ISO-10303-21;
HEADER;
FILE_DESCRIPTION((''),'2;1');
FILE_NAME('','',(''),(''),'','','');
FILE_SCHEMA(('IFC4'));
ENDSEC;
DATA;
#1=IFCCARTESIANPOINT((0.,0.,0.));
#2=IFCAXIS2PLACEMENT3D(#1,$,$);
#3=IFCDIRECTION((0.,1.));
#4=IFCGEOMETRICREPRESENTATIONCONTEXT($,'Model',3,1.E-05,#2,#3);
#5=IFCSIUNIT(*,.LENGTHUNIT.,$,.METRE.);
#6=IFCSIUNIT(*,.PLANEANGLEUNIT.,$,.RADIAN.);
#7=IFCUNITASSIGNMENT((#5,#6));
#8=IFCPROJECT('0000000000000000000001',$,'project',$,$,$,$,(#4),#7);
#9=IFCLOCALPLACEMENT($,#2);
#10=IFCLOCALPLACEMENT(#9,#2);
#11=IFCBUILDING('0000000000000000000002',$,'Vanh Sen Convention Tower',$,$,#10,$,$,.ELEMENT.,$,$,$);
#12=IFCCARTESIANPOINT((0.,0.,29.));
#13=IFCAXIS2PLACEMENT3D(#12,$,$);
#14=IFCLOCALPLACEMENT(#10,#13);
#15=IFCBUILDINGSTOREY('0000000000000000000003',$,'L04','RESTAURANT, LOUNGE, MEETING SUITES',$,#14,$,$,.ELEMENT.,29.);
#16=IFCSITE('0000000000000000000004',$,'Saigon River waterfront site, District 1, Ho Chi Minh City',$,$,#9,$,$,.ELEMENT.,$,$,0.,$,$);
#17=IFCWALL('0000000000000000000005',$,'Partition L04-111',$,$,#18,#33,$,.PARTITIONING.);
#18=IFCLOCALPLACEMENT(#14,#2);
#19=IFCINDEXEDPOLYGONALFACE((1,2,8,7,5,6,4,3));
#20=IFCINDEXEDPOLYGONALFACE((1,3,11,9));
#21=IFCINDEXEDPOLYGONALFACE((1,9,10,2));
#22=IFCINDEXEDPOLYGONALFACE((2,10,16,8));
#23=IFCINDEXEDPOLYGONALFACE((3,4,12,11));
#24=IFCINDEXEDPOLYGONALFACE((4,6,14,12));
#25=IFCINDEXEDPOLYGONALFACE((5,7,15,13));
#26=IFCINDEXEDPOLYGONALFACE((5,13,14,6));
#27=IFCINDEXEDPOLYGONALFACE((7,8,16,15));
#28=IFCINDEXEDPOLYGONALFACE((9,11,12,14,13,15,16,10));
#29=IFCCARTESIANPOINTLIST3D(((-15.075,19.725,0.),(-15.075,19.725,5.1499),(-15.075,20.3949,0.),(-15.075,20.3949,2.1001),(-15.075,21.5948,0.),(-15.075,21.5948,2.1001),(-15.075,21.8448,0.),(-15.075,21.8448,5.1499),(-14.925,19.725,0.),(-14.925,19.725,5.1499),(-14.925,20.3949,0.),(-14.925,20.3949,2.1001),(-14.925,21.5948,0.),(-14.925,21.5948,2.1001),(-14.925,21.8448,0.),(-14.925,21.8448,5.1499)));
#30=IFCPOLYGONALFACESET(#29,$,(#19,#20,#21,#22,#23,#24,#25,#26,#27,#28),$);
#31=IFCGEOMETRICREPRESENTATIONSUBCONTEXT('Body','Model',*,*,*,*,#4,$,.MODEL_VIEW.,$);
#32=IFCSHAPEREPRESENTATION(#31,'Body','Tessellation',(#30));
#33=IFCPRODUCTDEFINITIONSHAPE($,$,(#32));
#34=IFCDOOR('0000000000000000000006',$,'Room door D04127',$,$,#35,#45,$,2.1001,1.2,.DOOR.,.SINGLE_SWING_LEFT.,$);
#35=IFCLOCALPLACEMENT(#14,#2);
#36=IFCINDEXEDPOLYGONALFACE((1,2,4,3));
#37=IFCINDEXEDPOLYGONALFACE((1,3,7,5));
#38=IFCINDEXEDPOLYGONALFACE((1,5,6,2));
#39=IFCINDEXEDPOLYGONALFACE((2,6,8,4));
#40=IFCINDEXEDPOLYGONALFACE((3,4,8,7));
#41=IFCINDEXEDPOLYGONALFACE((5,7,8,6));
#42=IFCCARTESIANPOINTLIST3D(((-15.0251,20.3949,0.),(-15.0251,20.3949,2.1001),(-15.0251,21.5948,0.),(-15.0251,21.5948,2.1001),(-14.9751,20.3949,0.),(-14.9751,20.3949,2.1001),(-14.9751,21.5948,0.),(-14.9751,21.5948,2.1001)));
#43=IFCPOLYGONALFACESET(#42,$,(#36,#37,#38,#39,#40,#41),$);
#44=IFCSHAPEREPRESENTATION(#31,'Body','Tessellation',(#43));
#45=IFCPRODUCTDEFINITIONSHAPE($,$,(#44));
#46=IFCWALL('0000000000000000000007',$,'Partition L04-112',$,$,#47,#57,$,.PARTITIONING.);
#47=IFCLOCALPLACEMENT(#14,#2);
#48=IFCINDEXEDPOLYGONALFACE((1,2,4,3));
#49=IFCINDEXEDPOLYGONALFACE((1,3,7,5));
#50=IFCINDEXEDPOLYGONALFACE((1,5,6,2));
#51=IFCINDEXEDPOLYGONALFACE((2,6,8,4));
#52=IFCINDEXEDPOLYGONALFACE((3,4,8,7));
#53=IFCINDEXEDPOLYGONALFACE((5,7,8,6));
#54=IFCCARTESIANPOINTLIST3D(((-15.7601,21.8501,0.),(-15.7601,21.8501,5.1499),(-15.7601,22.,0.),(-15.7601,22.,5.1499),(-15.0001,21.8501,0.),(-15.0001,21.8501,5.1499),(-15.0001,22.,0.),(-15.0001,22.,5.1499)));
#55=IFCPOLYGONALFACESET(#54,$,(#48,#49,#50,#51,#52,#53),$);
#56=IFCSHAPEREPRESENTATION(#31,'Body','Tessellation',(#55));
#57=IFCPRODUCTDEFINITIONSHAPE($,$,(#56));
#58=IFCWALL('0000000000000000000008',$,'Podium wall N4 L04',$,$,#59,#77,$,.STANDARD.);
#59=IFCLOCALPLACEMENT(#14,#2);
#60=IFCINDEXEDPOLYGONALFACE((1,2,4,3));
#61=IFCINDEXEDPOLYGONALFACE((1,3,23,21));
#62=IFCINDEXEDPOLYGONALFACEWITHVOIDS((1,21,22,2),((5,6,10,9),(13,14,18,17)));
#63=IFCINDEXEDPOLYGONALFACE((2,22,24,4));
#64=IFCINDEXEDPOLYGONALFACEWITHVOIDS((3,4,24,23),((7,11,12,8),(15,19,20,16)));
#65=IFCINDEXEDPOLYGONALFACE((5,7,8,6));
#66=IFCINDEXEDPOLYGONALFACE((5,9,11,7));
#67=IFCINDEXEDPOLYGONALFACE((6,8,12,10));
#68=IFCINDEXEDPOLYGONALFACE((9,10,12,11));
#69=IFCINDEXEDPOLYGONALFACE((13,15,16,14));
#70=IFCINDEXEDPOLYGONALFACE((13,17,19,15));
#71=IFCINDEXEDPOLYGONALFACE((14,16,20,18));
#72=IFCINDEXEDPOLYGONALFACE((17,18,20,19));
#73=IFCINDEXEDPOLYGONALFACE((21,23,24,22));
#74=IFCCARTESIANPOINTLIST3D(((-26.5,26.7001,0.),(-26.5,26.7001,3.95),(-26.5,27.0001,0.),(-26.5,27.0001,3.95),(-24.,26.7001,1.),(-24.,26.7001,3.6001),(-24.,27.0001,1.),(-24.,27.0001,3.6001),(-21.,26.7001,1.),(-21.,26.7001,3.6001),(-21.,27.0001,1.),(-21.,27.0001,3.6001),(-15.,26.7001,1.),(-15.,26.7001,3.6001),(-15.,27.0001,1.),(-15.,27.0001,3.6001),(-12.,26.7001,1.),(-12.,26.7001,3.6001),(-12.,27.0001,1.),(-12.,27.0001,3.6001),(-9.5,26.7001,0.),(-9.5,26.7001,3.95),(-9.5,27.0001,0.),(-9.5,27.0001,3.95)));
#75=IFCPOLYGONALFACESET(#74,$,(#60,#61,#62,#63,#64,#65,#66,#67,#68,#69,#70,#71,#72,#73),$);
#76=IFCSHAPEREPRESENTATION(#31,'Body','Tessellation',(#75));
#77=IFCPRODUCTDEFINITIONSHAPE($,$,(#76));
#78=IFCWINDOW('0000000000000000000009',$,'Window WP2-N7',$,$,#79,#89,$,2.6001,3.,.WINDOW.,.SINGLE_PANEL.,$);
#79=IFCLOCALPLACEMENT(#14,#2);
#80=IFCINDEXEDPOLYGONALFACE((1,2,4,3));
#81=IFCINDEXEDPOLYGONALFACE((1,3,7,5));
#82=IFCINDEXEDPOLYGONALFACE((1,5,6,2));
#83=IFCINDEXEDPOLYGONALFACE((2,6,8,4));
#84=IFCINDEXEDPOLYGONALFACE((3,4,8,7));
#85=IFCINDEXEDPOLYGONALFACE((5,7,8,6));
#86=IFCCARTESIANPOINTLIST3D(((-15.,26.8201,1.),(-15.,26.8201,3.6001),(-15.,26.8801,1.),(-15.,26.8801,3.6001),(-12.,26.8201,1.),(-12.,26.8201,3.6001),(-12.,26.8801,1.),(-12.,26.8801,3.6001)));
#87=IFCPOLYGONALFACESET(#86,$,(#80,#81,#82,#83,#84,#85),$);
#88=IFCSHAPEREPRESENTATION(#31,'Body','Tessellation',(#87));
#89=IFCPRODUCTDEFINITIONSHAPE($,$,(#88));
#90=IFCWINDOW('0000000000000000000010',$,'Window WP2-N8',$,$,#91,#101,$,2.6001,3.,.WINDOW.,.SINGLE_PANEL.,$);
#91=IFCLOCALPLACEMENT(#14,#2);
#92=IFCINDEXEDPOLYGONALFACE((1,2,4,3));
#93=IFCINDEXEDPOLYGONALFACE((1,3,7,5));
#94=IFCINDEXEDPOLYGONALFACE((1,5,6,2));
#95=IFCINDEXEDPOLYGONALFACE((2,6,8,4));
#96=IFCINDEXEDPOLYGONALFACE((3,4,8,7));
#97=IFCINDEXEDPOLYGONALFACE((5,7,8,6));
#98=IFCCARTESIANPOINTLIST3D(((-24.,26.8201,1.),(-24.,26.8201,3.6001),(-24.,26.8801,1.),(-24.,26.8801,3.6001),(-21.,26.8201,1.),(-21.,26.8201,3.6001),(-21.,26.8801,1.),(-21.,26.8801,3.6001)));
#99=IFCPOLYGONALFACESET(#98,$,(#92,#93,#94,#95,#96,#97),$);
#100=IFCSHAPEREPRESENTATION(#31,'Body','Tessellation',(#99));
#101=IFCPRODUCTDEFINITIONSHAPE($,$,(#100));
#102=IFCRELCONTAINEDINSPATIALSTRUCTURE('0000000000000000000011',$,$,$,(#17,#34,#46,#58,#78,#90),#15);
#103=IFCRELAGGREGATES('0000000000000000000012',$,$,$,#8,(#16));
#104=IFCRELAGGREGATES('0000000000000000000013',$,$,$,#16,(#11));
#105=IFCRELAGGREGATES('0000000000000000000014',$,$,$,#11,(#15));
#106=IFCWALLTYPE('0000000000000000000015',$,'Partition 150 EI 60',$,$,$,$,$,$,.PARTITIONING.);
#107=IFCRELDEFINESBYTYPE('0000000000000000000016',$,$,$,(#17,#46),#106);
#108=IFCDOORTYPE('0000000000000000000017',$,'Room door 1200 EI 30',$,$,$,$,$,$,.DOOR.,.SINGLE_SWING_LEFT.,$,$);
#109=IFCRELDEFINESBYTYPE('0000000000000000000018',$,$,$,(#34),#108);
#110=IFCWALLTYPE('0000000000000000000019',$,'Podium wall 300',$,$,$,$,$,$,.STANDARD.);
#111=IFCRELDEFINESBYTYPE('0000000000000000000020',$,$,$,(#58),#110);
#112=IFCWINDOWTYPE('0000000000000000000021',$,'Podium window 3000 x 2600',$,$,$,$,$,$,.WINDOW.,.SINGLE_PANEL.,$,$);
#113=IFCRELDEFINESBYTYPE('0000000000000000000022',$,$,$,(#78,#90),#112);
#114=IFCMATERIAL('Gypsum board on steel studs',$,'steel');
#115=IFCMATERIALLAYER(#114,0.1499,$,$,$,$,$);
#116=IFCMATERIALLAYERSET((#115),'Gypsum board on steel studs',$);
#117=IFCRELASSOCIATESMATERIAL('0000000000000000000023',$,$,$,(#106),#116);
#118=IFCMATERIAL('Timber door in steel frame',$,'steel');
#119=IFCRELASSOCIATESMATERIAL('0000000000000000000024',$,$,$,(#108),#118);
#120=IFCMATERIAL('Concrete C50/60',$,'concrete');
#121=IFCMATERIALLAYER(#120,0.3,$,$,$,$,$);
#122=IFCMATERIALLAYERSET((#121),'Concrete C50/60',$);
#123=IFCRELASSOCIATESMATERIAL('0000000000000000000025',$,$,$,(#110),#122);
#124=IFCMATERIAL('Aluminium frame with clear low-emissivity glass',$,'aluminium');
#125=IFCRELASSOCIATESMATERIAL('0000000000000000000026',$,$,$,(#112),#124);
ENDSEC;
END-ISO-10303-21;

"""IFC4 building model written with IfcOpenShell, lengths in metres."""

from ifc_helpers import new_model, si_unit, direction, frame, frame_2d, origin, place, context, subcontext, project, spatial, rectangle, extrude, material, layer, layer_set, type_object, element, fill, save


model = new_model("IFC4")

# Units and contexts
model_context = context("Model", 3, precision=1e-05, world=origin(), true_north=direction((0.0, 1.0)))
body_context = subcontext(model_context, "Body", "Model", "MODEL_VIEW")
ifc_project = project(units=[si_unit("LENGTHUNIT", "METRE"), si_unit("PLANEANGLEUNIT", "RADIAN")], contexts=[model_context])

# Site, building, storey
site_placement = place(None, origin())
site = spatial("IfcSite", under=ifc_project, at=site_placement, Name="Saigon River waterfront site, District 1, Ho Chi Minh City", CompositionType="ELEMENT", RefElevation=0.0)
building_placement = place(site_placement, origin())
building = spatial("IfcBuilding", under=site, at=building_placement, Name="Vanh Sen Convention Tower", CompositionType="ELEMENT")
storey_placement = place(building_placement, frame((0.0, 0.0, 29.0)))
storey = spatial("IfcBuildingStorey", under=building, at=storey_placement, Name="L04", Description="RESTAURANT, LOUNGE, MEETING SUITES", CompositionType="ELEMENT", Elevation=29.0)

# Shared definitions
ifc_material_1 = material(Name="Gypsum board on steel studs", Category="steel")
ifc_layer_1 = layer(ifc_material_1, 0.1499)
ifc_layer_set_1 = layer_set([ifc_layer_1], Name="Gypsum board on steel studs")
wall_type_1 = type_object("IfcWallType", Name="Partition 150 EI 60", PredefinedType="PARTITIONING", material=ifc_layer_set_1)

# Wall, opening, door
wall_1_placement = place(storey_placement, frame((-15.0, 21.845, 0.0), z_axis=(0.0, 0.0, 1.0), x_axis=(0.0, -1.0, 0.0)))
wall_1 = element("IfcWall", 1, at=wall_1_placement, inside=storey, type_object=wall_type_1, Name="Partition L04-111", PredefinedType="PARTITIONING", context=body_context, shape_type="SweptSolid", body=[
    extrude(rectangle(XDim=2.1199, YDim=0.1499, at=frame_2d((1.0601, 0.0))), origin(), (0.0, 0.0, 1.0), 5.1499),
])
opening_1_placement = place(wall_1_placement, frame((0.25, 0.0, 0.0)))
opening_1 = element("IfcOpeningElement", 2, at=opening_1_placement, cuts=wall_1, PredefinedType="OPENING", context=body_context, shape_type="SweptSolid", body=[
    extrude(rectangle(XDim=1.2, YDim=2.1001, at=frame_2d((0.6001, 1.05))), frame((0.0, 0.085, 0.0), z_axis=(0.0, -1.0, 0.0), x_axis=(1.0, 0.0, 0.0)), (0.0, 0.0, 1.0), 0.1699),
])
ifc_material_2 = material(Name="Timber door in steel frame", Category="steel")
door_type_1 = type_object("IfcDoorType", Name="Room door 1200 EI 30", OperationType="SINGLE_SWING_LEFT", PredefinedType="DOOR", material=ifc_material_2)
door_1_placement = place(opening_1_placement, origin())
door_1 = element("IfcDoor", 3, at=door_1_placement, inside=storey, type_object=door_type_1, Name="Room door D04127", OperationType="SINGLE_SWING_LEFT", OverallHeight=2.1001, OverallWidth=1.2, PredefinedType="DOOR", context=body_context, shape_type="SweptSolid", body=[
    extrude(rectangle(XDim=1.2, YDim=2.1001, at=frame_2d((0.6001, 1.05))), frame((0.0, 0.0249, 0.0), z_axis=(0.0, -1.0, 0.0), x_axis=(1.0, 0.0, 0.0)), (0.0, 0.0, 1.0), 0.05),
])
fill(opening_1, door_1)

# Wall
wall_2_placement = place(storey_placement, frame((-15.76, 21.925, 0.0), z_axis=(0.0, 0.0, 1.0), x_axis=(1.0, 0.0, 0.0)))
element("IfcWall", 4, at=wall_2_placement, inside=storey, type_object=wall_type_1, Name="Partition L04-112", PredefinedType="PARTITIONING", context=body_context, shape_type="SweptSolid", body=[
    extrude(rectangle(XDim=0.76, YDim=0.1499, at=frame_2d((0.3799, 0.0))), origin(), (0.0, 0.0, 1.0), 5.1499),
])

# Wall, openings, windows
ifc_material_3 = material(Name="Concrete C50/60", Category="concrete")
ifc_layer_2 = layer(ifc_material_3, 0.3)
ifc_layer_set_2 = layer_set([ifc_layer_2], Name="Concrete C50/60")
wall_type_2 = type_object("IfcWallType", Name="Podium wall 300", PredefinedType="STANDARD", material=ifc_layer_set_2)
wall_3_placement = place(storey_placement, frame((-9.5, 26.8501, 0.0), z_axis=(0.0, 0.0, 1.0), x_axis=(-1.0, 0.0, 0.0)))
wall_3 = element("IfcWall", 5, at=wall_3_placement, inside=storey, type_object=wall_type_2, Name="Podium wall N4 L04", PredefinedType="STANDARD", context=body_context, shape_type="SweptSolid", body=[
    extrude(rectangle(XDim=17.0, YDim=0.3, at=frame_2d((8.5, 0.0))), origin(), (0.0, 0.0, 1.0), 3.95),
])
opening_2_placement = place(wall_3_placement, frame((2.5, 0.0, 1.0)))
opening_2 = element("IfcOpeningElement", 6, at=opening_2_placement, cuts=wall_3, PredefinedType="OPENING", context=body_context, shape_type="SweptSolid", body=[
    extrude(rectangle(XDim=3.0, YDim=2.6001, at=frame_2d((1.5, 1.3))), frame((0.0, 0.1599, 0.0), z_axis=(0.0, -1.0, 0.0), x_axis=(1.0, 0.0, 0.0)), (0.0, 0.0, 1.0), 0.3201),
])
opening_3_placement = place(wall_3_placement, frame((11.5, 0.0, 1.0)))
opening_3 = element("IfcOpeningElement", 7, at=opening_3_placement, cuts=wall_3, PredefinedType="OPENING", context=body_context, shape_type="SweptSolid", body=[
    extrude(rectangle(XDim=3.0, YDim=2.6001, at=frame_2d((1.5, 1.3))), frame((0.0, 0.1599, 0.0), z_axis=(0.0, -1.0, 0.0), x_axis=(1.0, 0.0, 0.0)), (0.0, 0.0, 1.0), 0.3201),
])
ifc_material_4 = material(Name="Aluminium frame with clear low-emissivity glass", Category="aluminium")
window_type = type_object("IfcWindowType", Name="Podium window 3000 x 2600", PartitioningType="SINGLE_PANEL", PredefinedType="WINDOW", material=ifc_material_4)
window_1_placement = place(opening_2_placement, origin())
window_1 = element("IfcWindow", 8, at=window_1_placement, inside=storey, type_object=window_type, Name="Window WP2-N7", OverallHeight=2.6001, OverallWidth=3.0, PartitioningType="SINGLE_PANEL", PredefinedType="WINDOW", context=body_context, shape_type="SweptSolid", body=[
    extrude(rectangle(XDim=3.0, YDim=2.6001, at=frame_2d((1.5, 1.3))), frame((0.0, 0.03, 0.0), z_axis=(0.0, -1.0, 0.0), x_axis=(1.0, 0.0, 0.0)), (0.0, 0.0, 1.0), 0.0601),
])
fill(opening_2, window_1)
window_2_placement = place(opening_3_placement, origin())
window_2 = element("IfcWindow", 9, at=window_2_placement, inside=storey, type_object=window_type, Name="Window WP2-N8", OverallHeight=2.6001, OverallWidth=3.0, PartitioningType="SINGLE_PANEL", PredefinedType="WINDOW", context=body_context, shape_type="SweptSolid", body=[
    extrude(rectangle(XDim=3.0, YDim=2.6001, at=frame_2d((1.5, 1.3))), frame((0.0, 0.03, 0.0), z_axis=(0.0, -1.0, 0.0), x_axis=(1.0, 0.0, 0.0)), (0.0, 0.0, 1.0), 0.0601),
])
fill(opening_3, window_2)

save(model, "model.ifc")
